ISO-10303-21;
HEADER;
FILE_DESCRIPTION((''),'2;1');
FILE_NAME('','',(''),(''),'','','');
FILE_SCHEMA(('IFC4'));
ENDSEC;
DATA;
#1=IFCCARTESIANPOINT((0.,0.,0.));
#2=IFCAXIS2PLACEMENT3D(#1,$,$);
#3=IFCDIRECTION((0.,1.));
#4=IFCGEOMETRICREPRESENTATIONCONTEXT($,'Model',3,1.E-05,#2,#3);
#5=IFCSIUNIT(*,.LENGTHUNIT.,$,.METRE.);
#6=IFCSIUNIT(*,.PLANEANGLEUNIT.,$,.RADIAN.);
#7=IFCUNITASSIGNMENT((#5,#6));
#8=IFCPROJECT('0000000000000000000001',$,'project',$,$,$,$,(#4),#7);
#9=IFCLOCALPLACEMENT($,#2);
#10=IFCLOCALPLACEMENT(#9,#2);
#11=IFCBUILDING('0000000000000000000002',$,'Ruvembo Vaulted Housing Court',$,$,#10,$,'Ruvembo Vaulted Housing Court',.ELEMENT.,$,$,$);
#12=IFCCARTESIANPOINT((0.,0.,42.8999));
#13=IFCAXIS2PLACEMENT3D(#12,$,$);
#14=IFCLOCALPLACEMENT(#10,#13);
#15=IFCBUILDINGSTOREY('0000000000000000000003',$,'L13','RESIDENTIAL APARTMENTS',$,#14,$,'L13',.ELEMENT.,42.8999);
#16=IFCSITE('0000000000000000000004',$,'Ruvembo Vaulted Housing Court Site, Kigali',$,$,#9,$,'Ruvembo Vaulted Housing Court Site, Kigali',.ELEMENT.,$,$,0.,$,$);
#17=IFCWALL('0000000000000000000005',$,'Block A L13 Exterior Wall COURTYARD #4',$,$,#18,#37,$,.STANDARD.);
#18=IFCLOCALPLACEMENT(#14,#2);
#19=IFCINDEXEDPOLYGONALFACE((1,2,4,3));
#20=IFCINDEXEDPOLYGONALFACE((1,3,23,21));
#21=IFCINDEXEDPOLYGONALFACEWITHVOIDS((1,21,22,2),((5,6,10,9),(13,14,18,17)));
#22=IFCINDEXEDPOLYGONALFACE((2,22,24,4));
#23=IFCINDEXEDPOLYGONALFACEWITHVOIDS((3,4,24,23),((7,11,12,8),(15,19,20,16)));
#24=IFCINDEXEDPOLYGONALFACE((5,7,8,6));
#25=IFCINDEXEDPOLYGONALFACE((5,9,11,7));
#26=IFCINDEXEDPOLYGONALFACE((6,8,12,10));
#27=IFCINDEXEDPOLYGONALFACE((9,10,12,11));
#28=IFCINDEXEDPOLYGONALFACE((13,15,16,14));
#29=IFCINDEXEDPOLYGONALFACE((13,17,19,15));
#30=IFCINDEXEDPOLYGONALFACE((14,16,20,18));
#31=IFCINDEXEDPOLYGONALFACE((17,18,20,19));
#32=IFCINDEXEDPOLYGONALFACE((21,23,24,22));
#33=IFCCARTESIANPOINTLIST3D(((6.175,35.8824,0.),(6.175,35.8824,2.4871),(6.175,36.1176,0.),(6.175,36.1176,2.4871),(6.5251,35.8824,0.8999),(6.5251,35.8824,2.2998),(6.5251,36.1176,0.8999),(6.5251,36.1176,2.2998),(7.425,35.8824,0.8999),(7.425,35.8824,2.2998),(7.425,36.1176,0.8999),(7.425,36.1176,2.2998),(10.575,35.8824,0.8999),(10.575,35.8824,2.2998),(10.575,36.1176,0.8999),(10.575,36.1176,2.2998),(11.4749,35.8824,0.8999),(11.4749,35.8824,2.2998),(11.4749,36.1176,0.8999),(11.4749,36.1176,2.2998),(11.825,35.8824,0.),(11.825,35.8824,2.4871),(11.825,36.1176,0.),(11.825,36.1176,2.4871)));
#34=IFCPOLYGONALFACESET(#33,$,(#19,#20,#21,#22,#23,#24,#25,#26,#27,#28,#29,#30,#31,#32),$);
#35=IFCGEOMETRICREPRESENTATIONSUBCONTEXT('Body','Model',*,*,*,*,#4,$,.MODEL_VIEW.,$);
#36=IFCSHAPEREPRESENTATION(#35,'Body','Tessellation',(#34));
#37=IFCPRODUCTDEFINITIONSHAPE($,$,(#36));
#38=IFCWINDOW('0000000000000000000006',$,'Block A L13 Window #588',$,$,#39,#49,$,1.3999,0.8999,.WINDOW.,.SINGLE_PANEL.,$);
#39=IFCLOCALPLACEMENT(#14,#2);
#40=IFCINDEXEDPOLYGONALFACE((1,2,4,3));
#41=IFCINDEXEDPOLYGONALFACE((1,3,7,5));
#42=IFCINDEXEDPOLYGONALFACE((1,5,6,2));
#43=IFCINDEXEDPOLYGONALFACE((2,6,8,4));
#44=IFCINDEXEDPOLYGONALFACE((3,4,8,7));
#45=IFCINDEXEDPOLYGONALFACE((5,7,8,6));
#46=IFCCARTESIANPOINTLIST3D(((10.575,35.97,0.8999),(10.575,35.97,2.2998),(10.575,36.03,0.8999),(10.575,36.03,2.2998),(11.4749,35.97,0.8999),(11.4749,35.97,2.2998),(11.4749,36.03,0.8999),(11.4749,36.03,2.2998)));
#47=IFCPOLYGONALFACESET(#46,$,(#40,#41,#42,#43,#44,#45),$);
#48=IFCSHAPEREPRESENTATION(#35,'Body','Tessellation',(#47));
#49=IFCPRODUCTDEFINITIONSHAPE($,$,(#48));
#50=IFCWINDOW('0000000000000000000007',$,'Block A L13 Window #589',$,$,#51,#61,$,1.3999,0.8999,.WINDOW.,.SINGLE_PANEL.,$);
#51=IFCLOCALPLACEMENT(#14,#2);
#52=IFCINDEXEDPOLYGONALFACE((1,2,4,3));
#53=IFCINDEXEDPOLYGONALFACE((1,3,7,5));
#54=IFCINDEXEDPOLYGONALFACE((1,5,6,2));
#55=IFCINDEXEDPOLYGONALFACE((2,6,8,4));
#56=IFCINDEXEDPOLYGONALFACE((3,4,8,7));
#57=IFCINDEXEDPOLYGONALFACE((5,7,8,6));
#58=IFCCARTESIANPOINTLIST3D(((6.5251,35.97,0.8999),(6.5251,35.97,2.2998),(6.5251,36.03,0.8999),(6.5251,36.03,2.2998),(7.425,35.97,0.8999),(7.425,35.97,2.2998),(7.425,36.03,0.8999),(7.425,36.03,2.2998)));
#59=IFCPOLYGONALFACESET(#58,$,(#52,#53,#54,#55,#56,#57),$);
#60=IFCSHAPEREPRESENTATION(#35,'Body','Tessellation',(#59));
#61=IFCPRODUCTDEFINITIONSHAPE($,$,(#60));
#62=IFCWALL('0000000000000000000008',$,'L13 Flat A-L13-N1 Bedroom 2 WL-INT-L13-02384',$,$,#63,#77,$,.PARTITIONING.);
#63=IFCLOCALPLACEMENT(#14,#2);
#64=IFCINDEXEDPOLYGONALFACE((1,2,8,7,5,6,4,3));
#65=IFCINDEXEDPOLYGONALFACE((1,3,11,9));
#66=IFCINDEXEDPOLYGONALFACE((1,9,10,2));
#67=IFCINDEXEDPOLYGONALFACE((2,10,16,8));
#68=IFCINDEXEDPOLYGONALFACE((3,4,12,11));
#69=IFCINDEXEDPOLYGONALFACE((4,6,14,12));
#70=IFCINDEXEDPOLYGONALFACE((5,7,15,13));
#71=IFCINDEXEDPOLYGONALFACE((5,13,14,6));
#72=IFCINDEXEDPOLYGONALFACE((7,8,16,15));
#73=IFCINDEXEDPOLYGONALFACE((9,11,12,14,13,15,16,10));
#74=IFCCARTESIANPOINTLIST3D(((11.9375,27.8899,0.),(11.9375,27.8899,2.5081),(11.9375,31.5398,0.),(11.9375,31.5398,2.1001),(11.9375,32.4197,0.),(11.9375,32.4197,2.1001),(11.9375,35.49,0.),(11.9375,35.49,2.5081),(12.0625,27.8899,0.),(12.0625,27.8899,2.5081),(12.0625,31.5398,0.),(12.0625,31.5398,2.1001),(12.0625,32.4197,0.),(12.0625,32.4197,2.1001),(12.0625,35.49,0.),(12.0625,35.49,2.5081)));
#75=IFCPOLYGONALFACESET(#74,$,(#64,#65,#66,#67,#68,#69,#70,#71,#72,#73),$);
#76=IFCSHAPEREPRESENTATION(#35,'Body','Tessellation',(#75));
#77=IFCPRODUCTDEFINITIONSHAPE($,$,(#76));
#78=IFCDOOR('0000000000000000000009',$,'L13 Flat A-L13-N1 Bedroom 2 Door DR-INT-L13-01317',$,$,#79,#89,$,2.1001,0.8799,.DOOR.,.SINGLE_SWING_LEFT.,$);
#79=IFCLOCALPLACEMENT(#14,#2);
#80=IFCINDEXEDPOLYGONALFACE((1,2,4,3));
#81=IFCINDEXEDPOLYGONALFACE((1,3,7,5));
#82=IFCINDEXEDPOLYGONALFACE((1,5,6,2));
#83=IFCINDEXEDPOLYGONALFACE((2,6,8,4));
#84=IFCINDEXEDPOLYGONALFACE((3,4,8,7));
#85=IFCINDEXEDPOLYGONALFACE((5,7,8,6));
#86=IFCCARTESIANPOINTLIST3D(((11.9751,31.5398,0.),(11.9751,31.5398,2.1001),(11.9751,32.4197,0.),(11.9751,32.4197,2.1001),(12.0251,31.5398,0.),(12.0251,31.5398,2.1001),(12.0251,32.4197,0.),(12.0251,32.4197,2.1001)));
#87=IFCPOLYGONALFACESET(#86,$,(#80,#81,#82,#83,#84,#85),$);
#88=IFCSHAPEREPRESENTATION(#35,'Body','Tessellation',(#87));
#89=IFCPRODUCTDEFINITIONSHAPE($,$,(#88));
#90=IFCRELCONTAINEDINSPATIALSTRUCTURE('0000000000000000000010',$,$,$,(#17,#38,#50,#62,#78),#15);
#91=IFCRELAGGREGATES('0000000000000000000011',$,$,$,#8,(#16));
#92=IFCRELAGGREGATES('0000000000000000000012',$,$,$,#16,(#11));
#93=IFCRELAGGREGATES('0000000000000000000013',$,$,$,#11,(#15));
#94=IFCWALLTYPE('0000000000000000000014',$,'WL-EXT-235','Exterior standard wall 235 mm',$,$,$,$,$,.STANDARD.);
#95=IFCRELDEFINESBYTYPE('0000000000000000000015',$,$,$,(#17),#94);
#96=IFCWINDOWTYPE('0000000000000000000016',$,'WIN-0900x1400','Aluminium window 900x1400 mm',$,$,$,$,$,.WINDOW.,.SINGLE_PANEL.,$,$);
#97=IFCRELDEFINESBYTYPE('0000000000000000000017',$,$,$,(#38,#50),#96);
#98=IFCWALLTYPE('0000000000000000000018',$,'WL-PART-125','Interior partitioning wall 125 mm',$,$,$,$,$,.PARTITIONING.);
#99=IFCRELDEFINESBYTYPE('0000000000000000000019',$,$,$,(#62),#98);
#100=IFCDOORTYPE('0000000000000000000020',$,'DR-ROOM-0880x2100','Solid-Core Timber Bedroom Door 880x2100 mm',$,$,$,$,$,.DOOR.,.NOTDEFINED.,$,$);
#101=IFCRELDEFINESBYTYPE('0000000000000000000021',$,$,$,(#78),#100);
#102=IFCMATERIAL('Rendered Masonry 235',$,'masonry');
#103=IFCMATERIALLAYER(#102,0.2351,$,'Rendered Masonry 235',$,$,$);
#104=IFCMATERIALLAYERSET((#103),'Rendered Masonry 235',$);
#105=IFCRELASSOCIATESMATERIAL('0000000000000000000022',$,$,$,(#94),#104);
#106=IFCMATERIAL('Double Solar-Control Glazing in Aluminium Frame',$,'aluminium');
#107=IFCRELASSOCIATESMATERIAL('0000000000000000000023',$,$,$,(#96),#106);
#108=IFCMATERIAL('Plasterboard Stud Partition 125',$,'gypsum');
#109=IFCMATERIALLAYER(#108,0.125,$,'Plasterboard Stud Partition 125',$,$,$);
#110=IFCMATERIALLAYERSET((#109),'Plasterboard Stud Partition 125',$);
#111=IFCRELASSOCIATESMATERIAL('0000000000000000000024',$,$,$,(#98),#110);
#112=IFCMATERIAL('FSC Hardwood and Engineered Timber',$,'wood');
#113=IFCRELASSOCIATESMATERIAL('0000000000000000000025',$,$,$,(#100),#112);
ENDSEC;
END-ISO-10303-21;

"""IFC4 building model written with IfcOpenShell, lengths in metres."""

from ifc_helpers import new_model, si_unit, direction, frame, frame_2d, origin, place, context, subcontext, project, spatial, rectangle, extrude, material, layer, layer_set, type_object, element, fill, save


model = new_model("IFC4")

# Units and contexts
model_context = context("Model", 3, precision=1e-05, world=origin(), true_north=direction((0.0, 1.0)))
body_context = subcontext(model_context, "Body", "Model", "MODEL_VIEW")
ifc_project = project(units=[si_unit("LENGTHUNIT", "METRE"), si_unit("PLANEANGLEUNIT", "RADIAN")], contexts=[model_context])

# Site, building, storey
site_placement = place(None, origin())
site = spatial("IfcSite", under=ifc_project, at=site_placement, Name="Ruvembo Vaulted Housing Court Site, Kigali", LongName="Ruvembo Vaulted Housing Court Site, Kigali", CompositionType="ELEMENT", RefElevation=0.0)
building_placement = place(site_placement, origin())
building = spatial("IfcBuilding", under=site, at=building_placement, Name="Ruvembo Vaulted Housing Court", LongName="Ruvembo Vaulted Housing Court", CompositionType="ELEMENT")
storey_placement = place(building_placement, frame((0.0, 0.0, 42.8999)))
storey = spatial("IfcBuildingStorey", under=building, at=storey_placement, Name="L13", Description="RESIDENTIAL APARTMENTS", LongName="L13", CompositionType="ELEMENT", Elevation=42.8999)

# Wall, openings, windows
ifc_material_1 = material(Name="Rendered Masonry 235", Category="masonry")
ifc_layer_1 = layer(ifc_material_1, 0.2351, Name="Rendered Masonry 235")
ifc_layer_set_1 = layer_set([ifc_layer_1], Name="Rendered Masonry 235")
wall_type_1 = type_object("IfcWallType", Name="WL-EXT-235", Description="Exterior standard wall 235 mm", PredefinedType="STANDARD", material=ifc_layer_set_1)
wall_1_placement = place(storey_placement, frame((11.825, 36.0, 0.0), z_axis=(0.0, 0.0, 1.0), x_axis=(-1.0, 0.0, 0.0)))
wall_1 = element("IfcWall", 1, at=wall_1_placement, inside=storey, type_object=wall_type_1, Name="Block A L13 Exterior Wall COURTYARD #4", PredefinedType="STANDARD", context=body_context, shape_type="SweptSolid", body=[
    extrude(rectangle(XDim=5.6499, YDim=0.2351, at=frame_2d((2.825, 0.0))), origin(), (0.0, 0.0, 1.0), 2.4871),
])
opening_1_placement = place(wall_1_placement, frame((0.3501, 0.0, 0.8999)))
opening_1 = element("IfcOpeningElement", 2, at=opening_1_placement, cuts=wall_1, PredefinedType="OPENING", context=body_context, shape_type="SweptSolid", body=[
    extrude(rectangle(XDim=0.8999, YDim=1.3999, at=frame_2d((0.45, 0.7))), frame((0.0, 0.1274, 0.0), z_axis=(0.0, -1.0, 0.0), x_axis=(1.0, 0.0, 0.0)), (0.0, 0.0, 1.0), 0.2551),
])
opening_2_placement = place(wall_1_placement, frame((4.3999, 0.0, 0.8999)))
opening_2 = element("IfcOpeningElement", 3, at=opening_2_placement, cuts=wall_1, PredefinedType="OPENING", context=body_context, shape_type="SweptSolid", body=[
    extrude(rectangle(XDim=0.8999, YDim=1.3999, at=frame_2d((0.45, 0.7))), frame((0.0, 0.1274, 0.0), z_axis=(0.0, -1.0, 0.0), x_axis=(1.0, 0.0, 0.0)), (0.0, 0.0, 1.0), 0.2551),
])
ifc_material_2 = material(Name="Double Solar-Control Glazing in Aluminium Frame", Category="aluminium")
window_type = type_object("IfcWindowType", Name="WIN-0900x1400", Description="Aluminium window 900x1400 mm", PartitioningType="SINGLE_PANEL", PredefinedType="WINDOW", material=ifc_material_2)
window_1_placement = place(opening_1_placement, origin())
window_1 = element("IfcWindow", 4, at=window_1_placement, inside=storey, type_object=window_type, Name="Block A L13 Window #588", OverallHeight=1.3999, OverallWidth=0.8999, PartitioningType="SINGLE_PANEL", PredefinedType="WINDOW", context=body_context, shape_type="SweptSolid", body=[
    extrude(rectangle(XDim=0.8999, YDim=1.3999, at=frame_2d((0.45, 0.7))), frame((0.0, 0.03, 0.0), z_axis=(0.0, -1.0, 0.0), x_axis=(1.0, 0.0, 0.0)), (0.0, 0.0, 1.0), 0.0601),
])
fill(opening_1, window_1)
window_2_placement = place(opening_2_placement, origin())
window_2 = element("IfcWindow", 5, at=window_2_placement, inside=storey, type_object=window_type, Name="Block A L13 Window #589", OverallHeight=1.3999, OverallWidth=0.8999, PartitioningType="SINGLE_PANEL", PredefinedType="WINDOW", context=body_context, shape_type="SweptSolid", body=[
    extrude(rectangle(XDim=0.8999, YDim=1.3999, at=frame_2d((0.45, 0.7))), frame((0.0, 0.03, 0.0), z_axis=(0.0, -1.0, 0.0), x_axis=(1.0, 0.0, 0.0)), (0.0, 0.0, 1.0), 0.0601),
])
fill(opening_2, window_2)

# Wall, opening, door
ifc_material_3 = material(Name="Plasterboard Stud Partition 125", Category="gypsum")
ifc_layer_2 = layer(ifc_material_3, 0.125, Name="Plasterboard Stud Partition 125")
ifc_layer_set_2 = layer_set([ifc_layer_2], Name="Plasterboard Stud Partition 125")
wall_type_2 = type_object("IfcWallType", Name="WL-PART-125", Description="Interior partitioning wall 125 mm", PredefinedType="PARTITIONING", material=ifc_layer_set_2)
wall_2_placement = place(storey_placement, frame((12.0, 27.8899, 0.0), z_axis=(0.0, 0.0, 1.0), x_axis=(0.0, 1.0, 0.0)))
wall_2 = element("IfcWall", 6, at=wall_2_placement, inside=storey, type_object=wall_type_2, Name="L13 Flat A-L13-N1 Bedroom 2 WL-INT-L13-02384", PredefinedType="PARTITIONING", context=body_context, shape_type="SweptSolid", body=[
    extrude(rectangle(XDim=7.6001, YDim=0.125, at=frame_2d((3.8, 0.0))), origin(), (0.0, 0.0, 1.0), 2.5081),
])
opening_3_placement = place(wall_2_placement, frame((3.6499, 0.0, 0.0)))
opening_3 = element("IfcOpeningElement", 7, at=opening_3_placement, cuts=wall_2, PredefinedType="OPENING", context=body_context, shape_type="SweptSolid", body=[
    extrude(rectangle(XDim=0.8799, YDim=2.1001, at=frame_2d((0.4399, 1.05))), frame((0.0, 0.0725, 0.0), z_axis=(0.0, -1.0, 0.0), x_axis=(1.0, 0.0, 0.0)), (0.0, 0.0, 1.0), 0.145),
])
ifc_material_4 = material(Name="FSC Hardwood and Engineered Timber", Category="wood")
door_type = type_object("IfcDoorType", Name="DR-ROOM-0880x2100", Description="Solid-Core Timber Bedroom Door 880x2100 mm", OperationType="NOTDEFINED", PredefinedType="DOOR", material=ifc_material_4)
door_placement = place(opening_3_placement, origin())
door = element("IfcDoor", 8, at=door_placement, inside=storey, type_object=door_type, Name="L13 Flat A-L13-N1 Bedroom 2 Door DR-INT-L13-01317", OperationType="SINGLE_SWING_LEFT", OverallHeight=2.1001, OverallWidth=0.8799, PredefinedType="DOOR", context=body_context, shape_type="SweptSolid", body=[
    extrude(rectangle(XDim=0.8799, YDim=2.1001, at=frame_2d((0.4399, 1.05))), frame((0.0, 0.0249, 0.0), z_axis=(0.0, -1.0, 0.0), x_axis=(1.0, 0.0, 0.0)), (0.0, 0.0, 1.0), 0.05),
])
fill(opening_3, door)

save(model, "model.ifc")
